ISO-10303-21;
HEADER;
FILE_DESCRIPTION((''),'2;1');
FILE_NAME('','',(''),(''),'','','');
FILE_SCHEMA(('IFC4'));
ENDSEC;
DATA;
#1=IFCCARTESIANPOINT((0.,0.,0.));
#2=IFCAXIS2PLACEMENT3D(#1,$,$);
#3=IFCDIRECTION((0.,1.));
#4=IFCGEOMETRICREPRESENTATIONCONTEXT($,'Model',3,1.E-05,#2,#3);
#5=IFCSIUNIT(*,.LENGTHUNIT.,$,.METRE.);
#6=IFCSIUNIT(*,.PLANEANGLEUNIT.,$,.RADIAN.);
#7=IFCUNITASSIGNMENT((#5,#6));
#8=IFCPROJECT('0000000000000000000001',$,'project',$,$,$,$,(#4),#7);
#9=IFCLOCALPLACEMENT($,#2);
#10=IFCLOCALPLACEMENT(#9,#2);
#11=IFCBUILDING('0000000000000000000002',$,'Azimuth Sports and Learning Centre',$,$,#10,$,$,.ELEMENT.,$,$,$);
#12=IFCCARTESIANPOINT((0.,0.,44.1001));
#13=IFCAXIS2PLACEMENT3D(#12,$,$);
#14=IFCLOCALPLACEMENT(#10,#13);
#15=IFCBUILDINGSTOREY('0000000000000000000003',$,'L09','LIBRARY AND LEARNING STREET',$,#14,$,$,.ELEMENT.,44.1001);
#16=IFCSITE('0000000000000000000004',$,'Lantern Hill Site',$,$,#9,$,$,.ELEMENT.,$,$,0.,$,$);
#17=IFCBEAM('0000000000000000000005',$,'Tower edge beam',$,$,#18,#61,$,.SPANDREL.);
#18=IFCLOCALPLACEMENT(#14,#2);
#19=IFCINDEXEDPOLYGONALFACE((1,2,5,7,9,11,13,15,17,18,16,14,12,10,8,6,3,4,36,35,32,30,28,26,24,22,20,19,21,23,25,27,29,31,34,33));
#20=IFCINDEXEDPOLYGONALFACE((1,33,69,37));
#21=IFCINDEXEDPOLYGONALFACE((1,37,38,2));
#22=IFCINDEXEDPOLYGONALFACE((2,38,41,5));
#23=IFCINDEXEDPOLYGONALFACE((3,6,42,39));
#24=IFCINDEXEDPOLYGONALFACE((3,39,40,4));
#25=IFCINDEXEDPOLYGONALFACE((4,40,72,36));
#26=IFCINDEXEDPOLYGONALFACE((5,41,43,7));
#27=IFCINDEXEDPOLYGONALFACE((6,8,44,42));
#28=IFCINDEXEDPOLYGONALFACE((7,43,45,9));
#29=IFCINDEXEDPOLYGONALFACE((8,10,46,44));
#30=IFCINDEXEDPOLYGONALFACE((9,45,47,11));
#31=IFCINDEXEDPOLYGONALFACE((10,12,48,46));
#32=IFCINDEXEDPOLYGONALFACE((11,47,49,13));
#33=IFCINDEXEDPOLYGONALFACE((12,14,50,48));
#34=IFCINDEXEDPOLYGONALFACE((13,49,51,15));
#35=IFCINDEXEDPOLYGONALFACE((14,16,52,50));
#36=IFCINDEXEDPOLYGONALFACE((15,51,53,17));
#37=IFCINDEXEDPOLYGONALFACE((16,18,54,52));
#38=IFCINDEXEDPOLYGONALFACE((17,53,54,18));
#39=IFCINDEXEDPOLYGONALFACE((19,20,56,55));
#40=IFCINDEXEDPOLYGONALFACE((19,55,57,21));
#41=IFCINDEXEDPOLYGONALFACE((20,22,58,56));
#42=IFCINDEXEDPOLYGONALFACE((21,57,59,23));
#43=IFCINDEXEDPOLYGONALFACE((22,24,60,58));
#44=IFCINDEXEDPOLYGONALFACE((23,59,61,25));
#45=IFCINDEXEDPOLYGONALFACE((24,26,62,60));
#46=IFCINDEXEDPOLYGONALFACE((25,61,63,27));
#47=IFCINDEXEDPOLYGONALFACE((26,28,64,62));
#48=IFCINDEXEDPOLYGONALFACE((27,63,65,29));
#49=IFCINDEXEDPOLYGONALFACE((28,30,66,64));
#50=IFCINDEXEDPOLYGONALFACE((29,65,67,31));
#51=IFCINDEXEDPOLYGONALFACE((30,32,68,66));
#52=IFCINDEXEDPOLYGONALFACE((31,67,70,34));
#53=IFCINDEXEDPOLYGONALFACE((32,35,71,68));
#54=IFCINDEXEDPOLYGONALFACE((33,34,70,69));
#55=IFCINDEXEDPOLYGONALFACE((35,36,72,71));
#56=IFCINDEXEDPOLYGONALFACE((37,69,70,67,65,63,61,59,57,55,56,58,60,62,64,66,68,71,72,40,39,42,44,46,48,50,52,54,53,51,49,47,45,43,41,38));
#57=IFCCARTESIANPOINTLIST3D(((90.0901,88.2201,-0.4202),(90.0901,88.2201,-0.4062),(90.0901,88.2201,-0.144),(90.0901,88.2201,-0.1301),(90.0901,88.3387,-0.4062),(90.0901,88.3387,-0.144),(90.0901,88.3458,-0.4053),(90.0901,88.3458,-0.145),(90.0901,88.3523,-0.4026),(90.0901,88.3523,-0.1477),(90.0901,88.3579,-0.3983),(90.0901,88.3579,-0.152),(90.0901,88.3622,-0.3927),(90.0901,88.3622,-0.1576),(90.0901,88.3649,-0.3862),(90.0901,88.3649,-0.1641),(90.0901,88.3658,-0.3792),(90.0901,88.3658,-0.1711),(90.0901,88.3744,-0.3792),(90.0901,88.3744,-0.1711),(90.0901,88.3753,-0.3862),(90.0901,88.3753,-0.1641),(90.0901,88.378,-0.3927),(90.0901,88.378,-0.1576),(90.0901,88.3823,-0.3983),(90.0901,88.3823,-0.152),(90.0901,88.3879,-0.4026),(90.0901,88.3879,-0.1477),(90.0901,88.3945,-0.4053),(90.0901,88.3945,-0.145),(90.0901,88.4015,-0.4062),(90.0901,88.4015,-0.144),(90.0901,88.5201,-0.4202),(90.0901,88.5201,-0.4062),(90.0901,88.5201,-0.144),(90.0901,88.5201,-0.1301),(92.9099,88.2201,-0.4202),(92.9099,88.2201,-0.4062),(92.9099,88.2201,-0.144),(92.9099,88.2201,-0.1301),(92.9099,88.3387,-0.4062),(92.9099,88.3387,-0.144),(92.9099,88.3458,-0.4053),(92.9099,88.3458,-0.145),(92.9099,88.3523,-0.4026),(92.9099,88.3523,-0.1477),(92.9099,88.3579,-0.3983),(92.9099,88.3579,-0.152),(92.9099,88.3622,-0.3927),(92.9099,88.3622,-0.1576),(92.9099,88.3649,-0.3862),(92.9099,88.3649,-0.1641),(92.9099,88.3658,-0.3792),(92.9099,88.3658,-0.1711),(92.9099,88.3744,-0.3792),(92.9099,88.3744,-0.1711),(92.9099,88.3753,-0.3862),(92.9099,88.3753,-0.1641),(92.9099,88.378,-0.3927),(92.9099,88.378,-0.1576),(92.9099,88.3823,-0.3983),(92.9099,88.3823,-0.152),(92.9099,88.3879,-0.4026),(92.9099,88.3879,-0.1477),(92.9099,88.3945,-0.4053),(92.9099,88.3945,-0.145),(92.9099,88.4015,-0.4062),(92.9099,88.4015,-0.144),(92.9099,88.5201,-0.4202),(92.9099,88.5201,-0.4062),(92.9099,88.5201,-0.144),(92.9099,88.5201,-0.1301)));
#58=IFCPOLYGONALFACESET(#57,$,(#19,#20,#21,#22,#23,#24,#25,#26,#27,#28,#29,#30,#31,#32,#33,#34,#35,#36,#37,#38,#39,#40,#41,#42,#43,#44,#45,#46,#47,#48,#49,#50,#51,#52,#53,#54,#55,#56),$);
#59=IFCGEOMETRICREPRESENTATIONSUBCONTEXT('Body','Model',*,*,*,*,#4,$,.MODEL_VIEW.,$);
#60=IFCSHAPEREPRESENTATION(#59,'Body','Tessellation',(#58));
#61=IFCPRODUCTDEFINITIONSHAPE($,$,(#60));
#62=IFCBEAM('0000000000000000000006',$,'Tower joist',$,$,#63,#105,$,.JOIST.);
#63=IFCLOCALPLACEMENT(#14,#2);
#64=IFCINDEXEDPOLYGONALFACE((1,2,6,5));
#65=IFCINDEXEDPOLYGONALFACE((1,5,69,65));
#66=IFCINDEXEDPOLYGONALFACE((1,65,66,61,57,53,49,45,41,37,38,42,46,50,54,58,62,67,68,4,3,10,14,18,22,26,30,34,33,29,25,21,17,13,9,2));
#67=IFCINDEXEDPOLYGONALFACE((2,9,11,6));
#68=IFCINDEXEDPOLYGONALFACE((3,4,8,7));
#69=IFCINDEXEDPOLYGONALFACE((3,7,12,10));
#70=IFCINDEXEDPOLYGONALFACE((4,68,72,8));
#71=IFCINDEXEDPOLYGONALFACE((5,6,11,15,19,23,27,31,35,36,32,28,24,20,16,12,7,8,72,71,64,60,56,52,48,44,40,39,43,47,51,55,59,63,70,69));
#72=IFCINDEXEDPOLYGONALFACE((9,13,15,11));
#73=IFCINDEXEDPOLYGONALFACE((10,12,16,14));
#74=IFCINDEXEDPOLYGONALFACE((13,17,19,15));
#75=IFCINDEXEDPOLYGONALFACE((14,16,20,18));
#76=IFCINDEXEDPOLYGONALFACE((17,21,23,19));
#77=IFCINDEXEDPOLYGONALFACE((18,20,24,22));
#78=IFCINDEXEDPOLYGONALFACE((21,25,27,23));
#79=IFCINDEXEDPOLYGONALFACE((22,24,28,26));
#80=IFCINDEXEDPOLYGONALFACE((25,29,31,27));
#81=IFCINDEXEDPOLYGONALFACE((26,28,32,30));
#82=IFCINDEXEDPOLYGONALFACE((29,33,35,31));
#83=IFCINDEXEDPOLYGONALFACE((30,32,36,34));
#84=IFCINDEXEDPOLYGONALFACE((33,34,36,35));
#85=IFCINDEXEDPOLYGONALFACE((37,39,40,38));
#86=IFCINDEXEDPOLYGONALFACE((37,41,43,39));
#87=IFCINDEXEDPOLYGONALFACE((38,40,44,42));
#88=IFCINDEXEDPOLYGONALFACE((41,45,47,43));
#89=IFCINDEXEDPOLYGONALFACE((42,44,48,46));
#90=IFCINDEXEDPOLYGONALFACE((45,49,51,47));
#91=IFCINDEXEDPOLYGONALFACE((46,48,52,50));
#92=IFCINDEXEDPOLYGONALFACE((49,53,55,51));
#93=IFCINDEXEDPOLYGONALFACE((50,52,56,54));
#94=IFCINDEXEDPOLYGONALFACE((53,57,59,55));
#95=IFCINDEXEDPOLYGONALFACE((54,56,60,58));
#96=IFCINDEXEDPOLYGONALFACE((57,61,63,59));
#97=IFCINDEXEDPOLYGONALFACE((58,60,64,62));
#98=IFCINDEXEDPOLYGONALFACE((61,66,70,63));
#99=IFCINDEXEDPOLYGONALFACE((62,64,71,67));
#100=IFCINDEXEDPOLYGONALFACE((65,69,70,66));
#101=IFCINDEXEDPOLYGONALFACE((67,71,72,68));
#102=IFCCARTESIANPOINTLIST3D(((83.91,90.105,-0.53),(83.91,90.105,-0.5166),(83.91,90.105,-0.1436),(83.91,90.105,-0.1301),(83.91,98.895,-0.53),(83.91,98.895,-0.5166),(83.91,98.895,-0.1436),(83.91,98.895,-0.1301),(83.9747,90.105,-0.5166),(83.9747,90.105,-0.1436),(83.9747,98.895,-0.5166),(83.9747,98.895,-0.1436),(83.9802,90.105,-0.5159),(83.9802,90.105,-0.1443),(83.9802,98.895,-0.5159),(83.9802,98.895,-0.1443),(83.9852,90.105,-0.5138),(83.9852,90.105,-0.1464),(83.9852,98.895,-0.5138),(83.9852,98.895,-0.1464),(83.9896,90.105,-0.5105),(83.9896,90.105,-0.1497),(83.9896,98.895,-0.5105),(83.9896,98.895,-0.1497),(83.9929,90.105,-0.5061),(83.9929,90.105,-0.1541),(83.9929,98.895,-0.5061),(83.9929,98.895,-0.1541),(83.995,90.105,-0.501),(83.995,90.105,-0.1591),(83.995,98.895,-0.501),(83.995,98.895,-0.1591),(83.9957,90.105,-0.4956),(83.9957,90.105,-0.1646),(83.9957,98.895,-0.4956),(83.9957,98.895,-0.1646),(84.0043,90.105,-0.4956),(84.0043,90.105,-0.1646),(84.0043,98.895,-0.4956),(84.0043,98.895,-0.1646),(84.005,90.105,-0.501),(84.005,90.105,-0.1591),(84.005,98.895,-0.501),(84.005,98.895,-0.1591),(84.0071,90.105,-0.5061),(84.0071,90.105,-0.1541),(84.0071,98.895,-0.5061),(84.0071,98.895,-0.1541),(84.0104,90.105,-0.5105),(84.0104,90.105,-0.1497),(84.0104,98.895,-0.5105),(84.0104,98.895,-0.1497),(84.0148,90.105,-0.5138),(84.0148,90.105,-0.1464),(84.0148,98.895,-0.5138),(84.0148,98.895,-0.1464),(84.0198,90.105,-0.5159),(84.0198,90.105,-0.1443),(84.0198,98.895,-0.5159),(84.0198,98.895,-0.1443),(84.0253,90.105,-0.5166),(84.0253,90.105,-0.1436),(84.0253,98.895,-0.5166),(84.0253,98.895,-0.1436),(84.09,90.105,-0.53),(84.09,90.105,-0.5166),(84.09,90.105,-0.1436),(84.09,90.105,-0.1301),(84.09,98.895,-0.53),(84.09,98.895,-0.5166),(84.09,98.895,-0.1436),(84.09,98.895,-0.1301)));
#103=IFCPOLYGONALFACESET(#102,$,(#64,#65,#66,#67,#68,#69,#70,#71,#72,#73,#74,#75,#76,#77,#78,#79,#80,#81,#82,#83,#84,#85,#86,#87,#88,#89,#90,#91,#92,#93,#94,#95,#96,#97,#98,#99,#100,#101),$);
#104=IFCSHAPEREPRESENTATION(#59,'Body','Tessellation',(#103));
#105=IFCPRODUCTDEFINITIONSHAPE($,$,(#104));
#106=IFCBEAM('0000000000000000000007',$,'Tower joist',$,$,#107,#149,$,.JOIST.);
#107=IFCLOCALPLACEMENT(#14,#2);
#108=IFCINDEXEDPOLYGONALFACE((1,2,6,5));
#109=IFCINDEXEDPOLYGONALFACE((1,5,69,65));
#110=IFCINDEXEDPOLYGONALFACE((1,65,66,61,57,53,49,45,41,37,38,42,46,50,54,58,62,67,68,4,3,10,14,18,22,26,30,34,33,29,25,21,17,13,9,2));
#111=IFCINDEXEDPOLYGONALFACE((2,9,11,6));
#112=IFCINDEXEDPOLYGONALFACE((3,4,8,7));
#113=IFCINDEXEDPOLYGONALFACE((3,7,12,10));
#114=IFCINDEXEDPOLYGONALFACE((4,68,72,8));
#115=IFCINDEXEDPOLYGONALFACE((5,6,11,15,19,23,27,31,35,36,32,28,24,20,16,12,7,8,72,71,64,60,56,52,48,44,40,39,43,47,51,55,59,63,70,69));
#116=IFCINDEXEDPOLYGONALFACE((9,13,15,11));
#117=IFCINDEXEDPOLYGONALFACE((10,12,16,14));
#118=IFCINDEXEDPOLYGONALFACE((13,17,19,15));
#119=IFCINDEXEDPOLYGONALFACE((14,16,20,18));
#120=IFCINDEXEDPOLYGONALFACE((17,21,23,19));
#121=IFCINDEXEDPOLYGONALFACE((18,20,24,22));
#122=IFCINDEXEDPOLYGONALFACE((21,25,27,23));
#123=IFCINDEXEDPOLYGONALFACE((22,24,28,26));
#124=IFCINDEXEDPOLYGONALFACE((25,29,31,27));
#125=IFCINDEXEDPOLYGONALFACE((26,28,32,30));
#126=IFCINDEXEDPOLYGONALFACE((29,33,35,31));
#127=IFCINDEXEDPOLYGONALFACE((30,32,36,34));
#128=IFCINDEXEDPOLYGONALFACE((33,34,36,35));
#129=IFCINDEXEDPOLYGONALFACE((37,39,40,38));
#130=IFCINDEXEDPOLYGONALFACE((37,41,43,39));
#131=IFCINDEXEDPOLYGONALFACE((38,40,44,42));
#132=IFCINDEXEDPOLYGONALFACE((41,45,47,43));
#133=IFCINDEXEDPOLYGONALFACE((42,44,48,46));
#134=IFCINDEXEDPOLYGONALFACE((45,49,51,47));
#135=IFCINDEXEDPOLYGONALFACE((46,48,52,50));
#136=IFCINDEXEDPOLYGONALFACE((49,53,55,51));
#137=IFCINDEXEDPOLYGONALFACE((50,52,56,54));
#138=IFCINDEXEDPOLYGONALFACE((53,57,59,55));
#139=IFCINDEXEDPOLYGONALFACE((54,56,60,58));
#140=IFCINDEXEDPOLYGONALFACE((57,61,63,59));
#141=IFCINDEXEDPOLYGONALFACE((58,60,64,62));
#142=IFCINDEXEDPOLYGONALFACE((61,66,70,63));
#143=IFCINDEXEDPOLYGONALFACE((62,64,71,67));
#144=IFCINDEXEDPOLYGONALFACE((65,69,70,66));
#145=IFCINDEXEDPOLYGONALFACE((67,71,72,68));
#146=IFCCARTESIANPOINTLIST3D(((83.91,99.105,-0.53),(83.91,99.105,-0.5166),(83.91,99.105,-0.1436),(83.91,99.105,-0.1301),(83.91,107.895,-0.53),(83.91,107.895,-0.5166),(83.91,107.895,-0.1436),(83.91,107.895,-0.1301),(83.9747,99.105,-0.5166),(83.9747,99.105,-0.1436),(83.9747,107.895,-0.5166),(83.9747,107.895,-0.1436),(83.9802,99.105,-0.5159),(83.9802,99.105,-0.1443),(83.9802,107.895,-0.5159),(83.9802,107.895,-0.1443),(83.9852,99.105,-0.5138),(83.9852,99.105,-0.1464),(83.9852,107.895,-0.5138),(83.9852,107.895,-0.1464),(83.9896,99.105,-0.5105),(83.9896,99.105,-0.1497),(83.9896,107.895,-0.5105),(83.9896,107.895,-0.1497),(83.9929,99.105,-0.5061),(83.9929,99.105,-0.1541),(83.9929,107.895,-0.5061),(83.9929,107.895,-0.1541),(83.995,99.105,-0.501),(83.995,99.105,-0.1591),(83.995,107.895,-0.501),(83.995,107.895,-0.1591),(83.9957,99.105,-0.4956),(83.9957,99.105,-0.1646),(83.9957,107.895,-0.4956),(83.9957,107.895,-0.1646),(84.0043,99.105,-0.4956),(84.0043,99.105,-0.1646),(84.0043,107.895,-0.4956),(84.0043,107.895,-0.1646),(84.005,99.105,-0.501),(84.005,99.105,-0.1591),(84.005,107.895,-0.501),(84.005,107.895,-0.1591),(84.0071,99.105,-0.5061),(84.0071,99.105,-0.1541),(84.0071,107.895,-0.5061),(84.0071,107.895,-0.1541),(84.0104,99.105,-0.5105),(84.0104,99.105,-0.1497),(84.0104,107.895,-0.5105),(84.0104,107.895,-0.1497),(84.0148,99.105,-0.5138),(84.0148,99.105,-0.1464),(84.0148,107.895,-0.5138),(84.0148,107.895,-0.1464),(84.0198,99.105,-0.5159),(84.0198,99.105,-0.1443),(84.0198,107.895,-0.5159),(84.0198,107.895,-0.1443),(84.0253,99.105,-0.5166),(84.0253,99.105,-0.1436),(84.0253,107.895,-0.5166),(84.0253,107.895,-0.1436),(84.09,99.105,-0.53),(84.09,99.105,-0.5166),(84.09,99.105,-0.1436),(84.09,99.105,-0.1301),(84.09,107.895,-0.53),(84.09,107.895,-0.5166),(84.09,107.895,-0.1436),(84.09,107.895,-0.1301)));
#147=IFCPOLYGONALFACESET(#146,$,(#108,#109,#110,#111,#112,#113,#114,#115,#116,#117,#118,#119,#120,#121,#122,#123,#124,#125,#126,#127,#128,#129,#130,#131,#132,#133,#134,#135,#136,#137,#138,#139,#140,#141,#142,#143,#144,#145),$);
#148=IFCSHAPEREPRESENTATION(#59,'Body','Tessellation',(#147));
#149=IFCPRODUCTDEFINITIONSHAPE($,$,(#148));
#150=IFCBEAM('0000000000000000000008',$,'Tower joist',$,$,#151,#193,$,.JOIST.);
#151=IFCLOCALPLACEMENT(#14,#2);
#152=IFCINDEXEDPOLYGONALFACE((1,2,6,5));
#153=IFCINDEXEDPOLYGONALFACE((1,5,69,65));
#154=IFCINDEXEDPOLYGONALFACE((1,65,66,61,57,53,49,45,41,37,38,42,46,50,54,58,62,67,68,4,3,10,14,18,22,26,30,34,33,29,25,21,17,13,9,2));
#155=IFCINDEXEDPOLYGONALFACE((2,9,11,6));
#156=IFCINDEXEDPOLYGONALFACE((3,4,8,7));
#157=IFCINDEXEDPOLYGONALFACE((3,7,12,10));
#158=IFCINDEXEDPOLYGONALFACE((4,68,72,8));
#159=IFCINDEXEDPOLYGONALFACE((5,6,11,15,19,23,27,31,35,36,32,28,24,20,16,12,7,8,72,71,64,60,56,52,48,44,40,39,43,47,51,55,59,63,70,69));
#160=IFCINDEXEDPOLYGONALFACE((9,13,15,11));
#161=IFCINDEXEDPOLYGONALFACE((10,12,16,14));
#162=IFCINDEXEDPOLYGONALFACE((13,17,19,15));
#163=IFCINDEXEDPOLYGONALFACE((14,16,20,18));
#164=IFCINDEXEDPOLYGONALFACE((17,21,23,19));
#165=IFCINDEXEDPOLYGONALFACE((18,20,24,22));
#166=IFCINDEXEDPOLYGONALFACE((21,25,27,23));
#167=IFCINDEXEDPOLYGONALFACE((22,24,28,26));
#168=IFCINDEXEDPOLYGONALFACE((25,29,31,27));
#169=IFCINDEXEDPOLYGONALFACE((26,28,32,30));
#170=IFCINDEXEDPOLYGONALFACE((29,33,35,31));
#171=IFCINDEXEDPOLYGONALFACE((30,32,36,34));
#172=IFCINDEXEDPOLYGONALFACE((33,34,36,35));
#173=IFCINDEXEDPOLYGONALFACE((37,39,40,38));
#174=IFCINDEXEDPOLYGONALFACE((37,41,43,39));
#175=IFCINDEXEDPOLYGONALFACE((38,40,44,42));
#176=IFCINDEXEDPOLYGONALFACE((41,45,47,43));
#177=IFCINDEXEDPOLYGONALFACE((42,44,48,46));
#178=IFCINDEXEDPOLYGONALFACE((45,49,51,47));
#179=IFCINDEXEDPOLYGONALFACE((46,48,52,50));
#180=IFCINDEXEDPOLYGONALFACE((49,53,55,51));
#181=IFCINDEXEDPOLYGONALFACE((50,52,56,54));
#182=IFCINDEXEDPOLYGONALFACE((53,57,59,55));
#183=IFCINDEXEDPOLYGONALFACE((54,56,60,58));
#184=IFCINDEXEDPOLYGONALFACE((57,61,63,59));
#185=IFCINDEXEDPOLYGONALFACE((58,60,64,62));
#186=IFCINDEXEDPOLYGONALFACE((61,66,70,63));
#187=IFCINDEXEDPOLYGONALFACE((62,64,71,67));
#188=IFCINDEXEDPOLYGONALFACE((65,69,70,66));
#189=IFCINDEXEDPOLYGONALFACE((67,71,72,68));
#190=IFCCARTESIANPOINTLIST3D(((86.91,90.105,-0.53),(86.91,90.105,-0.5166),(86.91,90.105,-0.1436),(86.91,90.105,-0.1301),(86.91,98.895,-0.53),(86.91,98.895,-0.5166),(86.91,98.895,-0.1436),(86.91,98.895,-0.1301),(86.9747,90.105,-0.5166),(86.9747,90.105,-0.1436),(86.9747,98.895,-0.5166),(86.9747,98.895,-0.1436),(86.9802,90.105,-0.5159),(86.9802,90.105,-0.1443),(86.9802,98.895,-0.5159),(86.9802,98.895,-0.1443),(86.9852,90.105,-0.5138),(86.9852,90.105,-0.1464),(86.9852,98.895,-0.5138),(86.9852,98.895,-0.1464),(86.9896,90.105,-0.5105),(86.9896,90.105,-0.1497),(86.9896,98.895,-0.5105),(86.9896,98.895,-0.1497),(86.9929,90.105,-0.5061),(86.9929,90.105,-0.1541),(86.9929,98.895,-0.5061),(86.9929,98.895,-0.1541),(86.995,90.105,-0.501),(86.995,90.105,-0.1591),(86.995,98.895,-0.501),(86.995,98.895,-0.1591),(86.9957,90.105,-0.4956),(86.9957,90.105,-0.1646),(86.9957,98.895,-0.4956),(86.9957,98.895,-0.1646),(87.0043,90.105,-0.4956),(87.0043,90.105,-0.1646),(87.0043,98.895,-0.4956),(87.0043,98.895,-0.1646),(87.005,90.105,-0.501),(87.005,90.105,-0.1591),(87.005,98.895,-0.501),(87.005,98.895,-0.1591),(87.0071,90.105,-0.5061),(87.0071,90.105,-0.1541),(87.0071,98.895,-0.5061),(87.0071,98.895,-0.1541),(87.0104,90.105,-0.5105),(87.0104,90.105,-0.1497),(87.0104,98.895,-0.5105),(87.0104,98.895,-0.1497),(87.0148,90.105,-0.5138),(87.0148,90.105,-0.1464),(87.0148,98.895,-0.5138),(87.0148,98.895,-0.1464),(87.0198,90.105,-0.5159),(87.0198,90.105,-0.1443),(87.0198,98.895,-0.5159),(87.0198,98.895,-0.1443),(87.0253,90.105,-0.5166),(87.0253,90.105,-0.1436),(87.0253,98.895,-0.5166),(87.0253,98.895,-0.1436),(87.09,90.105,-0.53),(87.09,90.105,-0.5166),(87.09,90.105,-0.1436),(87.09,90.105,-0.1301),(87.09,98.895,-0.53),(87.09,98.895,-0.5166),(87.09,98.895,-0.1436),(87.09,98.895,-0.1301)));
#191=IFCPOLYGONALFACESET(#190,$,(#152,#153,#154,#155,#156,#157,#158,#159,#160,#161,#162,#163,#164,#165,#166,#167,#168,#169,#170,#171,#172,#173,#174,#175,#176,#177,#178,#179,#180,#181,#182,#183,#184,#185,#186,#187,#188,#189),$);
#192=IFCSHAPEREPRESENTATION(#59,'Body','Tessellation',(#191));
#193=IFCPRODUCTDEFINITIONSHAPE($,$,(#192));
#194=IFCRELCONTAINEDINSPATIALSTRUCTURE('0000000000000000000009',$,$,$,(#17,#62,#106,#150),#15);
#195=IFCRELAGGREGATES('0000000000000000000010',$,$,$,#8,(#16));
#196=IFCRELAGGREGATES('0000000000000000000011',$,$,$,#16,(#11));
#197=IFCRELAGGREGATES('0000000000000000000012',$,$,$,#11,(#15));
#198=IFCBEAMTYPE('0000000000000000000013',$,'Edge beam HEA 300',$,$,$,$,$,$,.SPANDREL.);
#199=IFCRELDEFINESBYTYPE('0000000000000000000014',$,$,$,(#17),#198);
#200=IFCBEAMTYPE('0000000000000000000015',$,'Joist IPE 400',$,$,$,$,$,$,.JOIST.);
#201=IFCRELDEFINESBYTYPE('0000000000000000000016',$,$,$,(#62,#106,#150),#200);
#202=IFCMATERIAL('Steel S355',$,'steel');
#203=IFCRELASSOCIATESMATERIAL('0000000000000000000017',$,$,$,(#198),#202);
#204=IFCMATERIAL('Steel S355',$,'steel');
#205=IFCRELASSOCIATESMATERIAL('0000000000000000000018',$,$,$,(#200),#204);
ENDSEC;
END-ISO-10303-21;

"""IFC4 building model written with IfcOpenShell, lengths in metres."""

from ifc_helpers import new_model, si_unit, direction, frame, origin, origin_2d, place, context, subcontext, project, spatial, i_section, extrude, material, material_profile, profile_set, type_object, element, save


model = new_model("IFC4")

# Units and contexts
model_context = context("Model", 3, precision=1e-05, world=origin(), true_north=direction((0.0, 1.0)))
body_context = subcontext(model_context, "Body", "Model", "MODEL_VIEW")
ifc_project = project(units=[si_unit("LENGTHUNIT", "METRE"), si_unit("PLANEANGLEUNIT", "RADIAN")], contexts=[model_context])

# Site, building, storey
site_placement = place(None, origin())
site = spatial("IfcSite", under=ifc_project, at=site_placement, Name="Lantern Hill Site", CompositionType="ELEMENT", RefElevation=0.0)
building_placement = place(site_placement, origin())
building = spatial("IfcBuilding", under=site, at=building_placement, Name="Azimuth Sports and Learning Centre", CompositionType="ELEMENT")
storey_placement = place(building_placement, frame((0.0, 0.0, 44.1001)))
storey = spatial("IfcBuildingStorey", under=building, at=storey_placement, Name="L09", Description="LIBRARY AND LEARNING STREET", CompositionType="ELEMENT", Elevation=44.1001)

# Beams
ifc_material_1 = material(Name="Steel S355", Category="steel")
ifc_material_profile_1 = material_profile(ifc_material_1, i_section(OverallWidth=0.3, OverallDepth=0.29, WebThickness=0.0085, FlangeThickness=0.0139, FilletRadius=0.0271, at=origin_2d()), Name="HEA 300")
ifc_profile_set_1 = profile_set([ifc_material_profile_1], Name="Steel S355")
beam_type_1 = type_object("IfcBeamType", Name="Edge beam HEA 300", PredefinedType="SPANDREL", material=ifc_profile_set_1)
for number, where, z_axis, x_axis, name in (
    (1, (90.0901, 88.3701, -0.2751), (1.0, 0.0, 0.0), (0.0, 1.0, 0.0), "Tower edge beam"),
):
    element("IfcBeam", number, at=place(storey_placement, frame(where, z_axis=z_axis, x_axis=x_axis)), inside=storey, type_object=beam_type_1, Name=name, PredefinedType="SPANDREL", context=body_context, shape_type="SweptSolid", body=[
        extrude(i_section(OverallWidth=0.3, OverallDepth=0.29, WebThickness=0.0085, FlangeThickness=0.0139, FilletRadius=0.0271, at=origin_2d()), origin(), (0.0, 0.0, 1.0), 2.8198),
    ])
ifc_material_2 = material(Name="Steel S355", Category="steel")
ifc_material_profile_2 = material_profile(ifc_material_2, i_section(OverallWidth=0.1799, OverallDepth=0.3999, WebThickness=0.0085, FlangeThickness=0.0134, FilletRadius=0.021, at=origin_2d()), Name="IPE 400")
ifc_profile_set_2 = profile_set([ifc_material_profile_2], Name="Steel S355")
beam_type_2 = type_object("IfcBeamType", Name="Joist IPE 400", PredefinedType="JOIST", material=ifc_profile_set_2)
for number, where, z_axis, x_axis, name in (
    (2, (84.0, 90.105, -0.3301), (0.0, 1.0, 0.0), (-1.0, 0.0, 0.0), "Tower joist"),
    (3, (84.0, 99.105, -0.3301), (0.0, 1.0, 0.0), (-1.0, 0.0, 0.0), "Tower joist"),
    (4, (87.0, 90.105, -0.3301), (0.0, 1.0, 0.0), (-1.0, 0.0, 0.0), "Tower joist"),
):
    element("IfcBeam", number, at=place(storey_placement, frame(where, z_axis=z_axis, x_axis=x_axis)), inside=storey, type_object=beam_type_2, Name=name, PredefinedType="JOIST", context=body_context, shape_type="SweptSolid", body=[
        extrude(i_section(OverallWidth=0.1799, OverallDepth=0.3999, WebThickness=0.0085, FlangeThickness=0.0134, FilletRadius=0.021, at=origin_2d()), origin(), (0.0, 0.0, 1.0), 8.79),
    ])

save(model, "model.ifc")
